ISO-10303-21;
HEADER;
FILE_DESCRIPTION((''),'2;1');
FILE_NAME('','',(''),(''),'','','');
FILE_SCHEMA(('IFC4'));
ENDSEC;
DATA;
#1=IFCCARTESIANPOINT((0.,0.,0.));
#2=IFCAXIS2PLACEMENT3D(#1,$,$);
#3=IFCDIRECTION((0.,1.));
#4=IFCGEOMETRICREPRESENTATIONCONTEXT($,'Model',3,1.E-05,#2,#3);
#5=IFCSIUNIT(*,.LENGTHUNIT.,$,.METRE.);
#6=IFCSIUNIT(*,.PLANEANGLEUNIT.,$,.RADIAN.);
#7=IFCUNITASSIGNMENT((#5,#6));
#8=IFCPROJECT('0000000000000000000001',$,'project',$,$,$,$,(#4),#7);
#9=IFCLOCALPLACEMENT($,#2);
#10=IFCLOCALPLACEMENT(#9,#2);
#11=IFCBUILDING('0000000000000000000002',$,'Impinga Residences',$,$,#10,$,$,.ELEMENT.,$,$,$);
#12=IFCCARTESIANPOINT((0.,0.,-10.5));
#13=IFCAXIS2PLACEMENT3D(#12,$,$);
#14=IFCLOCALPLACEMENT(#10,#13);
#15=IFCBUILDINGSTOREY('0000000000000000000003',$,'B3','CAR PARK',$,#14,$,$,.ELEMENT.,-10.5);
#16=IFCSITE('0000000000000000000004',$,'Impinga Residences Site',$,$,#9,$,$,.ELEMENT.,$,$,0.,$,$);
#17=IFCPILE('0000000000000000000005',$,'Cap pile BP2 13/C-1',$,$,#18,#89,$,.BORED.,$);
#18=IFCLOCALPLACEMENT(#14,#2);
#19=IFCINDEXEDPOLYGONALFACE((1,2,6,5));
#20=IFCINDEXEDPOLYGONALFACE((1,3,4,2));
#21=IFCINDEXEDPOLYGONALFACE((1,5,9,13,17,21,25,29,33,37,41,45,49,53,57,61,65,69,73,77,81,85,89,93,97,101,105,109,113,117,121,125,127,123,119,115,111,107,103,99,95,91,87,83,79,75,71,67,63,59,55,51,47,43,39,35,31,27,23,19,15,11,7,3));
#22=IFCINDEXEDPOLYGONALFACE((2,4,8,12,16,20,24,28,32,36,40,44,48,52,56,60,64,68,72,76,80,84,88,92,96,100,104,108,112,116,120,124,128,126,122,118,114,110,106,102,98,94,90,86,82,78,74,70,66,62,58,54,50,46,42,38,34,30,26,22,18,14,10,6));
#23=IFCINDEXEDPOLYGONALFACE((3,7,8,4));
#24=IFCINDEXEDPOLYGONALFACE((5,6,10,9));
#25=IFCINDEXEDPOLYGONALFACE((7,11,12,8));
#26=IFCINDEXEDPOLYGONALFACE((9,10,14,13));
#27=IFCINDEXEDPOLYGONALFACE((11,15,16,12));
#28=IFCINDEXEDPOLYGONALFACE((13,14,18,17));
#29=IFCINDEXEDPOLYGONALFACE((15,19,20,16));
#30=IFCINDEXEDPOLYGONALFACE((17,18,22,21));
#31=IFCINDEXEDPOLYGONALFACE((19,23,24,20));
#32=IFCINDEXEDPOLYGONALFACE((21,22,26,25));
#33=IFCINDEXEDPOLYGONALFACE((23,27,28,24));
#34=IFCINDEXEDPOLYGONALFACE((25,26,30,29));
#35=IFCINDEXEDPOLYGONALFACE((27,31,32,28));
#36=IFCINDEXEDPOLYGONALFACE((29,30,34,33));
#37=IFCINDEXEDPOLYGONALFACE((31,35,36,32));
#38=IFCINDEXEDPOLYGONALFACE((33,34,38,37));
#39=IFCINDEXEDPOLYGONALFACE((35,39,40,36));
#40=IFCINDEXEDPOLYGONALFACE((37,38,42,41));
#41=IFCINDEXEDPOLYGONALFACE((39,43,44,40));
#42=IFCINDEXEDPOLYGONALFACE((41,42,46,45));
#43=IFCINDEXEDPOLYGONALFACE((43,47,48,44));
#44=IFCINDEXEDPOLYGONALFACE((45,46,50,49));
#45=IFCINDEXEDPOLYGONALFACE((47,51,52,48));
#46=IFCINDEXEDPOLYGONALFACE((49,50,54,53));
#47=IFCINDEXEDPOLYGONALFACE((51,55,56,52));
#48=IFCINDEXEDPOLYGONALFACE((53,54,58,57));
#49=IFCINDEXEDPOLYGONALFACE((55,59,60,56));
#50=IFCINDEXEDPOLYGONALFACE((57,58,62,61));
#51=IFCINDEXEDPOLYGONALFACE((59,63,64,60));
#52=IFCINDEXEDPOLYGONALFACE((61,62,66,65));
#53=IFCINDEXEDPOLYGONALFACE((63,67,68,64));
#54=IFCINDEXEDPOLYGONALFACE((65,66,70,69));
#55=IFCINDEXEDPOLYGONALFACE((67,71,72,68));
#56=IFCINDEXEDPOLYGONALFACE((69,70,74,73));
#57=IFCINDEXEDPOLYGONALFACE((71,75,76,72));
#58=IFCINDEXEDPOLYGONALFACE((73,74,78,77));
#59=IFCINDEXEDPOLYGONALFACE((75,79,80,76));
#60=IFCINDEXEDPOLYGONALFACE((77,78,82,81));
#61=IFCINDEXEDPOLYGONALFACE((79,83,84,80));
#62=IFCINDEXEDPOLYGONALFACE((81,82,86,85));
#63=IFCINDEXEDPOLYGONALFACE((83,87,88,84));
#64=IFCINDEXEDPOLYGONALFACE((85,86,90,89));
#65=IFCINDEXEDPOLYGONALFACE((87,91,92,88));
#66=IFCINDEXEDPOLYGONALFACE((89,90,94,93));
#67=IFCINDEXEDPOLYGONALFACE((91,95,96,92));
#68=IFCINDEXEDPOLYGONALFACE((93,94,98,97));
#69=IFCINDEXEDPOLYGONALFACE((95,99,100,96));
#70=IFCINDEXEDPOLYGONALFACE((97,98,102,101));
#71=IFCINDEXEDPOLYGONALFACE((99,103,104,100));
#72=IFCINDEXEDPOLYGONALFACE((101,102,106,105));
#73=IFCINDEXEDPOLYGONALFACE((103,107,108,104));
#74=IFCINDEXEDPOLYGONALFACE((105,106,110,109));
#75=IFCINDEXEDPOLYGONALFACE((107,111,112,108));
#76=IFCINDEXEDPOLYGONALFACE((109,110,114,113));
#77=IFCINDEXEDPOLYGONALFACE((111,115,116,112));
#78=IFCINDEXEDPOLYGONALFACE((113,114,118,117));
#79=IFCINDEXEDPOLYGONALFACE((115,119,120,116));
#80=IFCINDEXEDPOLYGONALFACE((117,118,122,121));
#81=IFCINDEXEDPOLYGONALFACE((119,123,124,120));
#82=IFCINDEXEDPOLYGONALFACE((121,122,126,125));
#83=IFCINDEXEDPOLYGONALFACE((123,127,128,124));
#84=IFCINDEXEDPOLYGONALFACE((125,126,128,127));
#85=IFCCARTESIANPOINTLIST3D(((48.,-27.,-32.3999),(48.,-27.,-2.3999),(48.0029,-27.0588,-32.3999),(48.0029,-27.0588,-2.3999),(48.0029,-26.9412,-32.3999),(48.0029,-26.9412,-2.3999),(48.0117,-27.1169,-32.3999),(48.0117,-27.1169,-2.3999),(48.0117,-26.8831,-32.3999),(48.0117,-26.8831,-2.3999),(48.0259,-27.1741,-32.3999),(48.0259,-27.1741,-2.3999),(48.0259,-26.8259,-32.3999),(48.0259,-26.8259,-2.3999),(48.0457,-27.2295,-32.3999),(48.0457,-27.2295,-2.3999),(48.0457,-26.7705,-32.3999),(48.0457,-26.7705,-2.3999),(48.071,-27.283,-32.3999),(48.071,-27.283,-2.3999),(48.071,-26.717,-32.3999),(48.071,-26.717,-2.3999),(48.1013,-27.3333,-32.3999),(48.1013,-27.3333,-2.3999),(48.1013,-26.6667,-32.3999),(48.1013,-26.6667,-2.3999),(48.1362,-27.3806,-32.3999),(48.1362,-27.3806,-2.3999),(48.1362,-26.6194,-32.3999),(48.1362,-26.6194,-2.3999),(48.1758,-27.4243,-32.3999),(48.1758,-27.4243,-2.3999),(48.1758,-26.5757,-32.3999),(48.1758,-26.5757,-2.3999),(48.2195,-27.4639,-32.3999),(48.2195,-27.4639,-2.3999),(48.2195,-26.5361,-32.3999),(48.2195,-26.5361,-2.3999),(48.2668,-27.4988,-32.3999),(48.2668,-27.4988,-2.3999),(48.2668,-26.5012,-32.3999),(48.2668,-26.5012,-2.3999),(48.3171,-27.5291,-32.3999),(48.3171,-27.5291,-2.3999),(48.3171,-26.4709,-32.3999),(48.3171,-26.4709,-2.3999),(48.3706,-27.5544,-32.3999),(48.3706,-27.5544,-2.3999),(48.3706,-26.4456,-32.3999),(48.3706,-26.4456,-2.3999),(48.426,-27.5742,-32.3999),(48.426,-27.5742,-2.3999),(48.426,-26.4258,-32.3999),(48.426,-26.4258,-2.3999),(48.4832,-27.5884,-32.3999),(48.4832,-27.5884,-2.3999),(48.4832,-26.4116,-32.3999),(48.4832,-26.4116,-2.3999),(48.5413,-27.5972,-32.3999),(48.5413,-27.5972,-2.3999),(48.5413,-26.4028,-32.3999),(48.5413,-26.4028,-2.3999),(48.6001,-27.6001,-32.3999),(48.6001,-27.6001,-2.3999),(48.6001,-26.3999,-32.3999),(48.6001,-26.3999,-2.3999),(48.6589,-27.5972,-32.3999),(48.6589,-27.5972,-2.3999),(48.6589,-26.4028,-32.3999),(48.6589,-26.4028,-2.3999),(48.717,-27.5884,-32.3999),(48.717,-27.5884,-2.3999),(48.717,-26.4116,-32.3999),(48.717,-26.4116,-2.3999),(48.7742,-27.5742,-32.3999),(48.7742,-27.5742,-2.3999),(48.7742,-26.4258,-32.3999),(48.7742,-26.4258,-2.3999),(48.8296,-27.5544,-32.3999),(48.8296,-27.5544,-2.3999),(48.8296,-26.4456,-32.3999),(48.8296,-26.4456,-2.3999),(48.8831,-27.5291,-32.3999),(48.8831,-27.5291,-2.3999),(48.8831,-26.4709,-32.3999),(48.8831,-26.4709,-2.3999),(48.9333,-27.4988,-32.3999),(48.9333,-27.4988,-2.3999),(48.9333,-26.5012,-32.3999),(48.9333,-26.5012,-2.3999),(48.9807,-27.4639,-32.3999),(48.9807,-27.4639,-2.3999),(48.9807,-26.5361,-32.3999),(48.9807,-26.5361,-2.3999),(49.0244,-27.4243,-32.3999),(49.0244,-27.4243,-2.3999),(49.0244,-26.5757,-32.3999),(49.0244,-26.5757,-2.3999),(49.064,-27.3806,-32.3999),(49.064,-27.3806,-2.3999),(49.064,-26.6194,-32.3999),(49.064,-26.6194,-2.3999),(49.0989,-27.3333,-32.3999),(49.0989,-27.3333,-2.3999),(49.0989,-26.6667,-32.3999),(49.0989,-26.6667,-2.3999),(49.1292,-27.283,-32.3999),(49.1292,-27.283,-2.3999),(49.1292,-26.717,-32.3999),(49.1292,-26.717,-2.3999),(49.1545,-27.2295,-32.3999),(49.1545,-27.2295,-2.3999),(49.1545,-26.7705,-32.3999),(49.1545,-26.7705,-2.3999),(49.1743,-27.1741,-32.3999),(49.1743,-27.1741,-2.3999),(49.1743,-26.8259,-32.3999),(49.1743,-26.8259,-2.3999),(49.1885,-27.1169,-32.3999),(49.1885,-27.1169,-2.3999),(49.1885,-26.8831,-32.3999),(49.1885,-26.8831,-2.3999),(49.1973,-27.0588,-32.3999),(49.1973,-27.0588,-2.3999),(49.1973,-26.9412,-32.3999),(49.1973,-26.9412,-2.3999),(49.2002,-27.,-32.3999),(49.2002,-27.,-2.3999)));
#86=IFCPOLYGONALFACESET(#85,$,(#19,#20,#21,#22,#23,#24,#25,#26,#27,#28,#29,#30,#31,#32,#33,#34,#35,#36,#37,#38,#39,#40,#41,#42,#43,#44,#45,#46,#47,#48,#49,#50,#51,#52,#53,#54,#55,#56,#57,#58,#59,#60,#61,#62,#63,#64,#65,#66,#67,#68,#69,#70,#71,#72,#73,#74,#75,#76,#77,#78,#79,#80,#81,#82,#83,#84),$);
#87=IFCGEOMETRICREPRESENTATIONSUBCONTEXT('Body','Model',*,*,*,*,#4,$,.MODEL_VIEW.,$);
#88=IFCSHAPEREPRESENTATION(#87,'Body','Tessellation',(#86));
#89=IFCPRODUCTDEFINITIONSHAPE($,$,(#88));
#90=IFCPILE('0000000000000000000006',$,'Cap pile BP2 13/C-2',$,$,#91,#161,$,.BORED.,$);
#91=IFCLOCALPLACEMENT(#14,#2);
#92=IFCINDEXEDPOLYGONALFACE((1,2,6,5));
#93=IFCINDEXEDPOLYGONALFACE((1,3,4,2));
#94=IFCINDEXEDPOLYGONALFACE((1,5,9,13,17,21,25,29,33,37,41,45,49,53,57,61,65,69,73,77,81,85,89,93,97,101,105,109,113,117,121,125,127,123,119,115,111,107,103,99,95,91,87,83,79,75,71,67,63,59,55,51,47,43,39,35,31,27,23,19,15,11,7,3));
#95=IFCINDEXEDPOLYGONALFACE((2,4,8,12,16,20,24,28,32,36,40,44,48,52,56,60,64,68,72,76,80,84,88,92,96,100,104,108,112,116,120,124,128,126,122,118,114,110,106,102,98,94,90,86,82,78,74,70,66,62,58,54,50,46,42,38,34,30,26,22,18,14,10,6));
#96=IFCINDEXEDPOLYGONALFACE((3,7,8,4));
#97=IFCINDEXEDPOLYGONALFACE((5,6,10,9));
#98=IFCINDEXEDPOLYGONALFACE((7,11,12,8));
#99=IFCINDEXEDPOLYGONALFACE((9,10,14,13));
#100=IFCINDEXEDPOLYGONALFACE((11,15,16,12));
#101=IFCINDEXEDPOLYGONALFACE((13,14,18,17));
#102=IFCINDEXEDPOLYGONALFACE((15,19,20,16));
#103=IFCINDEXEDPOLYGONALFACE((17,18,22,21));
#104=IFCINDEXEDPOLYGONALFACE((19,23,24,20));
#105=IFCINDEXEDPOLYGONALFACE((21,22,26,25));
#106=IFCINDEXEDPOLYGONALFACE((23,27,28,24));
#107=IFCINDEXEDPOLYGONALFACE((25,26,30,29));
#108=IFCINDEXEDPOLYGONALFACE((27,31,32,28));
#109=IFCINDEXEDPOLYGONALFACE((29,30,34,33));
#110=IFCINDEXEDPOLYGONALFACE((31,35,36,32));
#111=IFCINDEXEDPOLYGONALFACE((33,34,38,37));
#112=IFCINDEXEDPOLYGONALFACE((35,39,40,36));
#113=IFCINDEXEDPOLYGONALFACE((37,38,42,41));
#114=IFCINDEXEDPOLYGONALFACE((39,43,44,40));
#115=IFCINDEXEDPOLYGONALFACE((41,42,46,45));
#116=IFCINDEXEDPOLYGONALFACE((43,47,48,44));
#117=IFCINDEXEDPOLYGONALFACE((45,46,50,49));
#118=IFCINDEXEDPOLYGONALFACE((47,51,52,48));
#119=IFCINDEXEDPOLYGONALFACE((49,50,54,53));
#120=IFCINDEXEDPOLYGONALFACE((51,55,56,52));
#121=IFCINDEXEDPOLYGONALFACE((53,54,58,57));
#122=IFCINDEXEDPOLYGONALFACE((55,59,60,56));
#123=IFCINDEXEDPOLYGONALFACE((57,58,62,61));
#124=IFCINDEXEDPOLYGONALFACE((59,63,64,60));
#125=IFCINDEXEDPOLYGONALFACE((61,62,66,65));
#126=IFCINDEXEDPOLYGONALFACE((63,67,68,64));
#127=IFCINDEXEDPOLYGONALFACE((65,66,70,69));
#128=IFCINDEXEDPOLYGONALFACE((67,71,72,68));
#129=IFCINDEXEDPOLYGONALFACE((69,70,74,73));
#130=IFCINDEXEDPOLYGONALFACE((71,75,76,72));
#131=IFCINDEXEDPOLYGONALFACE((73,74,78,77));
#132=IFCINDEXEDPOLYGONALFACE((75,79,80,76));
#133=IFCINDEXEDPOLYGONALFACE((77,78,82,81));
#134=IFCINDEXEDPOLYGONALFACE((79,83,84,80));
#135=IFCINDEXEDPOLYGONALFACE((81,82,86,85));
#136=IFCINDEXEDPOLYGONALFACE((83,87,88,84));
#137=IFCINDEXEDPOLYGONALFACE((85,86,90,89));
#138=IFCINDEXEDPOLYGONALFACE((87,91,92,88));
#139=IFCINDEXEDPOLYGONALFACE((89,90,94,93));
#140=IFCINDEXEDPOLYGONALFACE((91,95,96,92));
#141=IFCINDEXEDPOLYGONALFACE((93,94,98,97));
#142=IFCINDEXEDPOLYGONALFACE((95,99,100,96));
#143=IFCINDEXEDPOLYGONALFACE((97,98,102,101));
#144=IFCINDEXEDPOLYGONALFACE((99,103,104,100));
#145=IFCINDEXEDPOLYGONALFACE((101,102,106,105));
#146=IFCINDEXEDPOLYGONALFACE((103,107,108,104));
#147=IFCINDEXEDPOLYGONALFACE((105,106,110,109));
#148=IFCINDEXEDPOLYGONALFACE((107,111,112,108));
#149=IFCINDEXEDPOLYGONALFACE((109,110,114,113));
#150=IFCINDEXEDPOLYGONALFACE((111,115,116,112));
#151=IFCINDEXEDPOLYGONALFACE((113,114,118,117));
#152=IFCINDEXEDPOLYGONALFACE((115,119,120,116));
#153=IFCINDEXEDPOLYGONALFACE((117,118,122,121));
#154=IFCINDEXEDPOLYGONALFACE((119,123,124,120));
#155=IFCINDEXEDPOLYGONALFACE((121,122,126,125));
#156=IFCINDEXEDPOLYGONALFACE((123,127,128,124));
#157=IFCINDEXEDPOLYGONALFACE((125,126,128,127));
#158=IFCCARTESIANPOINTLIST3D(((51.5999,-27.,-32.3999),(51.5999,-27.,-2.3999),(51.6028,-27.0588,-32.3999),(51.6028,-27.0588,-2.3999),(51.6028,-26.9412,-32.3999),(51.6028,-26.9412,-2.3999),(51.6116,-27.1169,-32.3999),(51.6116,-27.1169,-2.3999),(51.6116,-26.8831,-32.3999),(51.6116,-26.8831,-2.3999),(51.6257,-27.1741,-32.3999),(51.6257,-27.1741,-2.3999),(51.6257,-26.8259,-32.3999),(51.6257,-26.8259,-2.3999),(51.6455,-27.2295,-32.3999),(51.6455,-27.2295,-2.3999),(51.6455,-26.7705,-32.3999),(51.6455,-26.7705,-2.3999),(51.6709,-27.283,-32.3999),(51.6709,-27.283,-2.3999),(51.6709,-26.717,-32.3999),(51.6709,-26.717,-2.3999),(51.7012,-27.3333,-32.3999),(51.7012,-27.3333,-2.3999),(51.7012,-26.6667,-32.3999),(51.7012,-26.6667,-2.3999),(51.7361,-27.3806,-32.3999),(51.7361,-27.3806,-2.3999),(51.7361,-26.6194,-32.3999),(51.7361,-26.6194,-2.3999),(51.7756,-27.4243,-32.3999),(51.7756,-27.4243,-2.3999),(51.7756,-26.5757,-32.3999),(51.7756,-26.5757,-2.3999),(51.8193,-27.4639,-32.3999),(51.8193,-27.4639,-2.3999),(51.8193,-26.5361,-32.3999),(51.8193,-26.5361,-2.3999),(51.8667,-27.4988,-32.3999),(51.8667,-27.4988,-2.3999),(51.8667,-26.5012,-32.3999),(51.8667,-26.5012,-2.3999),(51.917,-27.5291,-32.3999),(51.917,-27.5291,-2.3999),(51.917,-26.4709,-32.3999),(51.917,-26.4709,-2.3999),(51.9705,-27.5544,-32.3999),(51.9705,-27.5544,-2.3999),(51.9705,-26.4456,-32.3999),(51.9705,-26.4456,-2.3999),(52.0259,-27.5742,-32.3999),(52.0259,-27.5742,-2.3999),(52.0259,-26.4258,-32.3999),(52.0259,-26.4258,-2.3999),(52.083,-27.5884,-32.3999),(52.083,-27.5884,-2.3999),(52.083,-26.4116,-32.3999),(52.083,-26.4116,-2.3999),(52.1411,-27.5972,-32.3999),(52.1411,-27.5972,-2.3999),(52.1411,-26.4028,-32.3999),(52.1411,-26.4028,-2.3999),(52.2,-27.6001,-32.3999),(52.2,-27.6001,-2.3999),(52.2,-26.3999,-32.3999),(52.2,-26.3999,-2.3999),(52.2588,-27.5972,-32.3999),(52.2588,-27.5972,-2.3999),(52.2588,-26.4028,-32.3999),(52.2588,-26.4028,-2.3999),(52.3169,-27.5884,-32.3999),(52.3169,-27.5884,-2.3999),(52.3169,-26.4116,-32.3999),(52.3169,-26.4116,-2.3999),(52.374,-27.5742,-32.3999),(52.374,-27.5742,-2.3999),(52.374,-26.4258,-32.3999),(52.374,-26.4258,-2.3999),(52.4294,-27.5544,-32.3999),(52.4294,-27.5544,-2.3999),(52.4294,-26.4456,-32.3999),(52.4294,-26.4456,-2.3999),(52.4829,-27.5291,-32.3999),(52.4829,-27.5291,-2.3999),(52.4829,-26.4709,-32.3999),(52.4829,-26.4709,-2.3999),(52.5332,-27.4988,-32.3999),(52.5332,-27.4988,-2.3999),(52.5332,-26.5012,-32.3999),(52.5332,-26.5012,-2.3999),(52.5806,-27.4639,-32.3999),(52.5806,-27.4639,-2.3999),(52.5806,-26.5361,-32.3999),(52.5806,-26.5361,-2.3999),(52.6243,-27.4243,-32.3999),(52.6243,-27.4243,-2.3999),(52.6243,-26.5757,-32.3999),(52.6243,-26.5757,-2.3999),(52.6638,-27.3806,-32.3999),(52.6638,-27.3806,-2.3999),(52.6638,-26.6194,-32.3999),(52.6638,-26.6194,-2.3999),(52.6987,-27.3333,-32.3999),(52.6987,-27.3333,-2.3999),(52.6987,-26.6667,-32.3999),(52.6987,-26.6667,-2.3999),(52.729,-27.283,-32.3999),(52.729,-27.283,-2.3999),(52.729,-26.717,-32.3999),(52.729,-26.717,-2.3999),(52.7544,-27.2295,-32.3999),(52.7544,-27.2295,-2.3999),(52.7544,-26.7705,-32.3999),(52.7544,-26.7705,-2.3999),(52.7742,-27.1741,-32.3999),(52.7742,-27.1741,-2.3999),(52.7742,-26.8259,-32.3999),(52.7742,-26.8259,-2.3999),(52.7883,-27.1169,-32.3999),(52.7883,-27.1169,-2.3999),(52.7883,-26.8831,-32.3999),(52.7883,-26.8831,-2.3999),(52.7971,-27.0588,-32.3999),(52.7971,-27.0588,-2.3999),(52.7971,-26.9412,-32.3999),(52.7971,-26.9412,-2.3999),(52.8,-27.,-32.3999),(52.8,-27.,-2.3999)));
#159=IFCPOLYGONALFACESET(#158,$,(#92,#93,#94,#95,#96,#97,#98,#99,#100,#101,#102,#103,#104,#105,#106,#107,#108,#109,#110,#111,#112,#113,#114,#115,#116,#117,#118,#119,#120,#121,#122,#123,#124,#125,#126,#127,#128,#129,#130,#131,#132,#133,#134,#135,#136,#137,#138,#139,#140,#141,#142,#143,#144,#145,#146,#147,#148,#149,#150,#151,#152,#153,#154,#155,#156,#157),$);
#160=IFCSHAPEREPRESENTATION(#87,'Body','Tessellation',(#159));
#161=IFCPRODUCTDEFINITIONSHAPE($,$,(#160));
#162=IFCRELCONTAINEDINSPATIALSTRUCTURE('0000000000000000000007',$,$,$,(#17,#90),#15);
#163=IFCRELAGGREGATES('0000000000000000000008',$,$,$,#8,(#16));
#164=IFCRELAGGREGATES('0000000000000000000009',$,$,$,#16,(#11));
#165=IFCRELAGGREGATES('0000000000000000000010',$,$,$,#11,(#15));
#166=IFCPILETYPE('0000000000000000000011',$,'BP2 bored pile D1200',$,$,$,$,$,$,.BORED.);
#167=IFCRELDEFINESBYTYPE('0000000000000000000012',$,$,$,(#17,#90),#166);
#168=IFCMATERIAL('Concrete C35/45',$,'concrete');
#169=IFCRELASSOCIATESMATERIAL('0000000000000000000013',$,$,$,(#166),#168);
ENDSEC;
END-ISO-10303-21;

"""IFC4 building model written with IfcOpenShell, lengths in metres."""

from ifc_helpers import new_model, si_unit, direction, frame, origin, origin_2d, place, context, subcontext, project, spatial, polyline, circle, outline, extrude, material, material_profile, profile_set, type_object, element, save


model = new_model("IFC4")

# Units and contexts
model_context = context("Model", 3, precision=1e-05, world=origin(), true_north=direction((0.0, 1.0)))
body_context = subcontext(model_context, "Body", "Model", "MODEL_VIEW")
ifc_project = project(units=[si_unit("LENGTHUNIT", "METRE"), si_unit("PLANEANGLEUNIT", "RADIAN")], contexts=[model_context])

# Site, building, storey
site_placement = place(None, origin())
site = spatial("IfcSite", under=ifc_project, at=site_placement, Name="Impinga Residences Site", CompositionType="ELEMENT", RefElevation=0.0)
building_placement = place(site_placement, origin())
building = spatial("IfcBuilding", under=site, at=building_placement, Name="Impinga Residences", CompositionType="ELEMENT")
storey_placement = place(building_placement, frame((0.0, 0.0, -10.5)))
storey = spatial("IfcBuildingStorey", under=building, at=storey_placement, Name="B3", Description="CAR PARK", CompositionType="ELEMENT", Elevation=-10.5)

# Piles
ifc_material_1 = material(Name="Concrete C35/45", Category="concrete")
ifc_material_profile_1 = material_profile(ifc_material_1, circle(Radius=0.6001, at=origin_2d()), Name="D1200")
ifc_profile_set_1 = profile_set([ifc_material_profile_1], Name="Concrete C35/45")
pile_type_1 = type_object("IfcPileType", Name="BP2 bored pile D1200", PredefinedType="BORED", material=ifc_profile_set_1)
pile_1_placement = place(storey_placement, frame((48.6001, -27.0, -2.3999), z_axis=(0.0, 0.0, -1.0), x_axis=(1.0, 0.0, 0.0)))
element("IfcPile", 1, at=pile_1_placement, inside=storey, type_object=pile_type_1, Name="Cap pile BP2 13/C-1", PredefinedType="BORED", context=body_context, shape_type="SweptSolid", body=[
    extrude(outline(polyline([(0.6001, 0.0), (0.5972, 0.0588), (0.5884, 0.1169), (0.5742, 0.1741), (0.5544, 0.2295), (0.5291, 0.283), (0.4988, 0.3333), (0.4639, 0.3806), (0.4243, 0.4243), (0.3806, 0.4639), (0.3333, 0.4988), (0.283, 0.5291), (0.2295, 0.5544), (0.1741, 0.5742), (0.1169, 0.5884), (0.0588, 0.5972), (0.0, 0.6001), (-0.0588, 0.5972), (-0.1169, 0.5884), (-0.1741, 0.5742), (-0.2295, 0.5544), (-0.283, 0.5291), (-0.3333, 0.4988), (-0.3806, 0.4639), (-0.4243, 0.4243), (-0.4639, 0.3806), (-0.4988, 0.3333), (-0.5291, 0.283), (-0.5544, 0.2295), (-0.5742, 0.1741), (-0.5884, 0.1169), (-0.5972, 0.0588), (-0.6001, 0.0), (-0.5972, -0.0588), (-0.5884, -0.1169), (-0.5742, -0.1741), (-0.5544, -0.2295), (-0.5291, -0.283), (-0.4988, -0.3333), (-0.4639, -0.3806), (-0.4243, -0.4243), (-0.3806, -0.4639), (-0.3333, -0.4988), (-0.283, -0.5291), (-0.2295, -0.5544), (-0.1741, -0.5742), (-0.1169, -0.5884), (-0.0588, -0.5972), (0.0, -0.6001), (0.0588, -0.5972), (0.1169, -0.5884), (0.1741, -0.5742), (0.2295, -0.5544), (0.283, -0.5291), (0.3333, -0.4988), (0.3806, -0.4639), (0.4243, -0.4243), (0.4639, -0.3806), (0.4988, -0.3333), (0.5291, -0.283), (0.5544, -0.2295), (0.5742, -0.1741), (0.5884, -0.1169), (0.5972, -0.0588), (0.6001, 0.0)])), origin(), (0.0, 0.0, 1.0), 30.0),
])
pile_2_placement = place(storey_placement, frame((52.2, -27.0, -2.3999), z_axis=(0.0, 0.0, -1.0), x_axis=(1.0, 0.0, 0.0)))
element("IfcPile", 2, at=pile_2_placement, inside=storey, type_object=pile_type_1, Name="Cap pile BP2 13/C-2", PredefinedType="BORED", context=body_context, shape_type="SweptSolid", body=[
    extrude(outline(polyline([(0.6001, 0.0), (0.5972, 0.0588), (0.5884, 0.1169), (0.5742, 0.1741), (0.5544, 0.2295), (0.5291, 0.283), (0.4988, 0.3333), (0.4639, 0.3806), (0.4243, 0.4243), (0.3806, 0.4639), (0.3333, 0.4988), (0.283, 0.5291), (0.2295, 0.5544), (0.1741, 0.5742), (0.1169, 0.5884), (0.0588, 0.5972), (0.0, 0.6001), (-0.0588, 0.5972), (-0.1169, 0.5884), (-0.1741, 0.5742), (-0.2295, 0.5544), (-0.283, 0.5291), (-0.3333, 0.4988), (-0.3806, 0.4639), (-0.4243, 0.4243), (-0.4639, 0.3806), (-0.4988, 0.3333), (-0.5291, 0.283), (-0.5544, 0.2295), (-0.5742, 0.1741), (-0.5884, 0.1169), (-0.5972, 0.0588), (-0.6001, 0.0), (-0.5972, -0.0588), (-0.5884, -0.1169), (-0.5742, -0.1741), (-0.5544, -0.2295), (-0.5291, -0.283), (-0.4988, -0.3333), (-0.4639, -0.3806), (-0.4243, -0.4243), (-0.3806, -0.4639), (-0.3333, -0.4988), (-0.283, -0.5291), (-0.2295, -0.5544), (-0.1741, -0.5742), (-0.1169, -0.5884), (-0.0588, -0.5972), (0.0, -0.6001), (0.0588, -0.5972), (0.1169, -0.5884), (0.1741, -0.5742), (0.2295, -0.5544), (0.283, -0.5291), (0.3333, -0.4988), (0.3806, -0.4639), (0.4243, -0.4243), (0.4639, -0.3806), (0.4988, -0.3333), (0.5291, -0.283), (0.5544, -0.2295), (0.5742, -0.1741), (0.5884, -0.1169), (0.5972, -0.0588), (0.6001, 0.0)])), origin(), (0.0, 0.0, 1.0), 30.0),
])

save(model, "model.ifc")
